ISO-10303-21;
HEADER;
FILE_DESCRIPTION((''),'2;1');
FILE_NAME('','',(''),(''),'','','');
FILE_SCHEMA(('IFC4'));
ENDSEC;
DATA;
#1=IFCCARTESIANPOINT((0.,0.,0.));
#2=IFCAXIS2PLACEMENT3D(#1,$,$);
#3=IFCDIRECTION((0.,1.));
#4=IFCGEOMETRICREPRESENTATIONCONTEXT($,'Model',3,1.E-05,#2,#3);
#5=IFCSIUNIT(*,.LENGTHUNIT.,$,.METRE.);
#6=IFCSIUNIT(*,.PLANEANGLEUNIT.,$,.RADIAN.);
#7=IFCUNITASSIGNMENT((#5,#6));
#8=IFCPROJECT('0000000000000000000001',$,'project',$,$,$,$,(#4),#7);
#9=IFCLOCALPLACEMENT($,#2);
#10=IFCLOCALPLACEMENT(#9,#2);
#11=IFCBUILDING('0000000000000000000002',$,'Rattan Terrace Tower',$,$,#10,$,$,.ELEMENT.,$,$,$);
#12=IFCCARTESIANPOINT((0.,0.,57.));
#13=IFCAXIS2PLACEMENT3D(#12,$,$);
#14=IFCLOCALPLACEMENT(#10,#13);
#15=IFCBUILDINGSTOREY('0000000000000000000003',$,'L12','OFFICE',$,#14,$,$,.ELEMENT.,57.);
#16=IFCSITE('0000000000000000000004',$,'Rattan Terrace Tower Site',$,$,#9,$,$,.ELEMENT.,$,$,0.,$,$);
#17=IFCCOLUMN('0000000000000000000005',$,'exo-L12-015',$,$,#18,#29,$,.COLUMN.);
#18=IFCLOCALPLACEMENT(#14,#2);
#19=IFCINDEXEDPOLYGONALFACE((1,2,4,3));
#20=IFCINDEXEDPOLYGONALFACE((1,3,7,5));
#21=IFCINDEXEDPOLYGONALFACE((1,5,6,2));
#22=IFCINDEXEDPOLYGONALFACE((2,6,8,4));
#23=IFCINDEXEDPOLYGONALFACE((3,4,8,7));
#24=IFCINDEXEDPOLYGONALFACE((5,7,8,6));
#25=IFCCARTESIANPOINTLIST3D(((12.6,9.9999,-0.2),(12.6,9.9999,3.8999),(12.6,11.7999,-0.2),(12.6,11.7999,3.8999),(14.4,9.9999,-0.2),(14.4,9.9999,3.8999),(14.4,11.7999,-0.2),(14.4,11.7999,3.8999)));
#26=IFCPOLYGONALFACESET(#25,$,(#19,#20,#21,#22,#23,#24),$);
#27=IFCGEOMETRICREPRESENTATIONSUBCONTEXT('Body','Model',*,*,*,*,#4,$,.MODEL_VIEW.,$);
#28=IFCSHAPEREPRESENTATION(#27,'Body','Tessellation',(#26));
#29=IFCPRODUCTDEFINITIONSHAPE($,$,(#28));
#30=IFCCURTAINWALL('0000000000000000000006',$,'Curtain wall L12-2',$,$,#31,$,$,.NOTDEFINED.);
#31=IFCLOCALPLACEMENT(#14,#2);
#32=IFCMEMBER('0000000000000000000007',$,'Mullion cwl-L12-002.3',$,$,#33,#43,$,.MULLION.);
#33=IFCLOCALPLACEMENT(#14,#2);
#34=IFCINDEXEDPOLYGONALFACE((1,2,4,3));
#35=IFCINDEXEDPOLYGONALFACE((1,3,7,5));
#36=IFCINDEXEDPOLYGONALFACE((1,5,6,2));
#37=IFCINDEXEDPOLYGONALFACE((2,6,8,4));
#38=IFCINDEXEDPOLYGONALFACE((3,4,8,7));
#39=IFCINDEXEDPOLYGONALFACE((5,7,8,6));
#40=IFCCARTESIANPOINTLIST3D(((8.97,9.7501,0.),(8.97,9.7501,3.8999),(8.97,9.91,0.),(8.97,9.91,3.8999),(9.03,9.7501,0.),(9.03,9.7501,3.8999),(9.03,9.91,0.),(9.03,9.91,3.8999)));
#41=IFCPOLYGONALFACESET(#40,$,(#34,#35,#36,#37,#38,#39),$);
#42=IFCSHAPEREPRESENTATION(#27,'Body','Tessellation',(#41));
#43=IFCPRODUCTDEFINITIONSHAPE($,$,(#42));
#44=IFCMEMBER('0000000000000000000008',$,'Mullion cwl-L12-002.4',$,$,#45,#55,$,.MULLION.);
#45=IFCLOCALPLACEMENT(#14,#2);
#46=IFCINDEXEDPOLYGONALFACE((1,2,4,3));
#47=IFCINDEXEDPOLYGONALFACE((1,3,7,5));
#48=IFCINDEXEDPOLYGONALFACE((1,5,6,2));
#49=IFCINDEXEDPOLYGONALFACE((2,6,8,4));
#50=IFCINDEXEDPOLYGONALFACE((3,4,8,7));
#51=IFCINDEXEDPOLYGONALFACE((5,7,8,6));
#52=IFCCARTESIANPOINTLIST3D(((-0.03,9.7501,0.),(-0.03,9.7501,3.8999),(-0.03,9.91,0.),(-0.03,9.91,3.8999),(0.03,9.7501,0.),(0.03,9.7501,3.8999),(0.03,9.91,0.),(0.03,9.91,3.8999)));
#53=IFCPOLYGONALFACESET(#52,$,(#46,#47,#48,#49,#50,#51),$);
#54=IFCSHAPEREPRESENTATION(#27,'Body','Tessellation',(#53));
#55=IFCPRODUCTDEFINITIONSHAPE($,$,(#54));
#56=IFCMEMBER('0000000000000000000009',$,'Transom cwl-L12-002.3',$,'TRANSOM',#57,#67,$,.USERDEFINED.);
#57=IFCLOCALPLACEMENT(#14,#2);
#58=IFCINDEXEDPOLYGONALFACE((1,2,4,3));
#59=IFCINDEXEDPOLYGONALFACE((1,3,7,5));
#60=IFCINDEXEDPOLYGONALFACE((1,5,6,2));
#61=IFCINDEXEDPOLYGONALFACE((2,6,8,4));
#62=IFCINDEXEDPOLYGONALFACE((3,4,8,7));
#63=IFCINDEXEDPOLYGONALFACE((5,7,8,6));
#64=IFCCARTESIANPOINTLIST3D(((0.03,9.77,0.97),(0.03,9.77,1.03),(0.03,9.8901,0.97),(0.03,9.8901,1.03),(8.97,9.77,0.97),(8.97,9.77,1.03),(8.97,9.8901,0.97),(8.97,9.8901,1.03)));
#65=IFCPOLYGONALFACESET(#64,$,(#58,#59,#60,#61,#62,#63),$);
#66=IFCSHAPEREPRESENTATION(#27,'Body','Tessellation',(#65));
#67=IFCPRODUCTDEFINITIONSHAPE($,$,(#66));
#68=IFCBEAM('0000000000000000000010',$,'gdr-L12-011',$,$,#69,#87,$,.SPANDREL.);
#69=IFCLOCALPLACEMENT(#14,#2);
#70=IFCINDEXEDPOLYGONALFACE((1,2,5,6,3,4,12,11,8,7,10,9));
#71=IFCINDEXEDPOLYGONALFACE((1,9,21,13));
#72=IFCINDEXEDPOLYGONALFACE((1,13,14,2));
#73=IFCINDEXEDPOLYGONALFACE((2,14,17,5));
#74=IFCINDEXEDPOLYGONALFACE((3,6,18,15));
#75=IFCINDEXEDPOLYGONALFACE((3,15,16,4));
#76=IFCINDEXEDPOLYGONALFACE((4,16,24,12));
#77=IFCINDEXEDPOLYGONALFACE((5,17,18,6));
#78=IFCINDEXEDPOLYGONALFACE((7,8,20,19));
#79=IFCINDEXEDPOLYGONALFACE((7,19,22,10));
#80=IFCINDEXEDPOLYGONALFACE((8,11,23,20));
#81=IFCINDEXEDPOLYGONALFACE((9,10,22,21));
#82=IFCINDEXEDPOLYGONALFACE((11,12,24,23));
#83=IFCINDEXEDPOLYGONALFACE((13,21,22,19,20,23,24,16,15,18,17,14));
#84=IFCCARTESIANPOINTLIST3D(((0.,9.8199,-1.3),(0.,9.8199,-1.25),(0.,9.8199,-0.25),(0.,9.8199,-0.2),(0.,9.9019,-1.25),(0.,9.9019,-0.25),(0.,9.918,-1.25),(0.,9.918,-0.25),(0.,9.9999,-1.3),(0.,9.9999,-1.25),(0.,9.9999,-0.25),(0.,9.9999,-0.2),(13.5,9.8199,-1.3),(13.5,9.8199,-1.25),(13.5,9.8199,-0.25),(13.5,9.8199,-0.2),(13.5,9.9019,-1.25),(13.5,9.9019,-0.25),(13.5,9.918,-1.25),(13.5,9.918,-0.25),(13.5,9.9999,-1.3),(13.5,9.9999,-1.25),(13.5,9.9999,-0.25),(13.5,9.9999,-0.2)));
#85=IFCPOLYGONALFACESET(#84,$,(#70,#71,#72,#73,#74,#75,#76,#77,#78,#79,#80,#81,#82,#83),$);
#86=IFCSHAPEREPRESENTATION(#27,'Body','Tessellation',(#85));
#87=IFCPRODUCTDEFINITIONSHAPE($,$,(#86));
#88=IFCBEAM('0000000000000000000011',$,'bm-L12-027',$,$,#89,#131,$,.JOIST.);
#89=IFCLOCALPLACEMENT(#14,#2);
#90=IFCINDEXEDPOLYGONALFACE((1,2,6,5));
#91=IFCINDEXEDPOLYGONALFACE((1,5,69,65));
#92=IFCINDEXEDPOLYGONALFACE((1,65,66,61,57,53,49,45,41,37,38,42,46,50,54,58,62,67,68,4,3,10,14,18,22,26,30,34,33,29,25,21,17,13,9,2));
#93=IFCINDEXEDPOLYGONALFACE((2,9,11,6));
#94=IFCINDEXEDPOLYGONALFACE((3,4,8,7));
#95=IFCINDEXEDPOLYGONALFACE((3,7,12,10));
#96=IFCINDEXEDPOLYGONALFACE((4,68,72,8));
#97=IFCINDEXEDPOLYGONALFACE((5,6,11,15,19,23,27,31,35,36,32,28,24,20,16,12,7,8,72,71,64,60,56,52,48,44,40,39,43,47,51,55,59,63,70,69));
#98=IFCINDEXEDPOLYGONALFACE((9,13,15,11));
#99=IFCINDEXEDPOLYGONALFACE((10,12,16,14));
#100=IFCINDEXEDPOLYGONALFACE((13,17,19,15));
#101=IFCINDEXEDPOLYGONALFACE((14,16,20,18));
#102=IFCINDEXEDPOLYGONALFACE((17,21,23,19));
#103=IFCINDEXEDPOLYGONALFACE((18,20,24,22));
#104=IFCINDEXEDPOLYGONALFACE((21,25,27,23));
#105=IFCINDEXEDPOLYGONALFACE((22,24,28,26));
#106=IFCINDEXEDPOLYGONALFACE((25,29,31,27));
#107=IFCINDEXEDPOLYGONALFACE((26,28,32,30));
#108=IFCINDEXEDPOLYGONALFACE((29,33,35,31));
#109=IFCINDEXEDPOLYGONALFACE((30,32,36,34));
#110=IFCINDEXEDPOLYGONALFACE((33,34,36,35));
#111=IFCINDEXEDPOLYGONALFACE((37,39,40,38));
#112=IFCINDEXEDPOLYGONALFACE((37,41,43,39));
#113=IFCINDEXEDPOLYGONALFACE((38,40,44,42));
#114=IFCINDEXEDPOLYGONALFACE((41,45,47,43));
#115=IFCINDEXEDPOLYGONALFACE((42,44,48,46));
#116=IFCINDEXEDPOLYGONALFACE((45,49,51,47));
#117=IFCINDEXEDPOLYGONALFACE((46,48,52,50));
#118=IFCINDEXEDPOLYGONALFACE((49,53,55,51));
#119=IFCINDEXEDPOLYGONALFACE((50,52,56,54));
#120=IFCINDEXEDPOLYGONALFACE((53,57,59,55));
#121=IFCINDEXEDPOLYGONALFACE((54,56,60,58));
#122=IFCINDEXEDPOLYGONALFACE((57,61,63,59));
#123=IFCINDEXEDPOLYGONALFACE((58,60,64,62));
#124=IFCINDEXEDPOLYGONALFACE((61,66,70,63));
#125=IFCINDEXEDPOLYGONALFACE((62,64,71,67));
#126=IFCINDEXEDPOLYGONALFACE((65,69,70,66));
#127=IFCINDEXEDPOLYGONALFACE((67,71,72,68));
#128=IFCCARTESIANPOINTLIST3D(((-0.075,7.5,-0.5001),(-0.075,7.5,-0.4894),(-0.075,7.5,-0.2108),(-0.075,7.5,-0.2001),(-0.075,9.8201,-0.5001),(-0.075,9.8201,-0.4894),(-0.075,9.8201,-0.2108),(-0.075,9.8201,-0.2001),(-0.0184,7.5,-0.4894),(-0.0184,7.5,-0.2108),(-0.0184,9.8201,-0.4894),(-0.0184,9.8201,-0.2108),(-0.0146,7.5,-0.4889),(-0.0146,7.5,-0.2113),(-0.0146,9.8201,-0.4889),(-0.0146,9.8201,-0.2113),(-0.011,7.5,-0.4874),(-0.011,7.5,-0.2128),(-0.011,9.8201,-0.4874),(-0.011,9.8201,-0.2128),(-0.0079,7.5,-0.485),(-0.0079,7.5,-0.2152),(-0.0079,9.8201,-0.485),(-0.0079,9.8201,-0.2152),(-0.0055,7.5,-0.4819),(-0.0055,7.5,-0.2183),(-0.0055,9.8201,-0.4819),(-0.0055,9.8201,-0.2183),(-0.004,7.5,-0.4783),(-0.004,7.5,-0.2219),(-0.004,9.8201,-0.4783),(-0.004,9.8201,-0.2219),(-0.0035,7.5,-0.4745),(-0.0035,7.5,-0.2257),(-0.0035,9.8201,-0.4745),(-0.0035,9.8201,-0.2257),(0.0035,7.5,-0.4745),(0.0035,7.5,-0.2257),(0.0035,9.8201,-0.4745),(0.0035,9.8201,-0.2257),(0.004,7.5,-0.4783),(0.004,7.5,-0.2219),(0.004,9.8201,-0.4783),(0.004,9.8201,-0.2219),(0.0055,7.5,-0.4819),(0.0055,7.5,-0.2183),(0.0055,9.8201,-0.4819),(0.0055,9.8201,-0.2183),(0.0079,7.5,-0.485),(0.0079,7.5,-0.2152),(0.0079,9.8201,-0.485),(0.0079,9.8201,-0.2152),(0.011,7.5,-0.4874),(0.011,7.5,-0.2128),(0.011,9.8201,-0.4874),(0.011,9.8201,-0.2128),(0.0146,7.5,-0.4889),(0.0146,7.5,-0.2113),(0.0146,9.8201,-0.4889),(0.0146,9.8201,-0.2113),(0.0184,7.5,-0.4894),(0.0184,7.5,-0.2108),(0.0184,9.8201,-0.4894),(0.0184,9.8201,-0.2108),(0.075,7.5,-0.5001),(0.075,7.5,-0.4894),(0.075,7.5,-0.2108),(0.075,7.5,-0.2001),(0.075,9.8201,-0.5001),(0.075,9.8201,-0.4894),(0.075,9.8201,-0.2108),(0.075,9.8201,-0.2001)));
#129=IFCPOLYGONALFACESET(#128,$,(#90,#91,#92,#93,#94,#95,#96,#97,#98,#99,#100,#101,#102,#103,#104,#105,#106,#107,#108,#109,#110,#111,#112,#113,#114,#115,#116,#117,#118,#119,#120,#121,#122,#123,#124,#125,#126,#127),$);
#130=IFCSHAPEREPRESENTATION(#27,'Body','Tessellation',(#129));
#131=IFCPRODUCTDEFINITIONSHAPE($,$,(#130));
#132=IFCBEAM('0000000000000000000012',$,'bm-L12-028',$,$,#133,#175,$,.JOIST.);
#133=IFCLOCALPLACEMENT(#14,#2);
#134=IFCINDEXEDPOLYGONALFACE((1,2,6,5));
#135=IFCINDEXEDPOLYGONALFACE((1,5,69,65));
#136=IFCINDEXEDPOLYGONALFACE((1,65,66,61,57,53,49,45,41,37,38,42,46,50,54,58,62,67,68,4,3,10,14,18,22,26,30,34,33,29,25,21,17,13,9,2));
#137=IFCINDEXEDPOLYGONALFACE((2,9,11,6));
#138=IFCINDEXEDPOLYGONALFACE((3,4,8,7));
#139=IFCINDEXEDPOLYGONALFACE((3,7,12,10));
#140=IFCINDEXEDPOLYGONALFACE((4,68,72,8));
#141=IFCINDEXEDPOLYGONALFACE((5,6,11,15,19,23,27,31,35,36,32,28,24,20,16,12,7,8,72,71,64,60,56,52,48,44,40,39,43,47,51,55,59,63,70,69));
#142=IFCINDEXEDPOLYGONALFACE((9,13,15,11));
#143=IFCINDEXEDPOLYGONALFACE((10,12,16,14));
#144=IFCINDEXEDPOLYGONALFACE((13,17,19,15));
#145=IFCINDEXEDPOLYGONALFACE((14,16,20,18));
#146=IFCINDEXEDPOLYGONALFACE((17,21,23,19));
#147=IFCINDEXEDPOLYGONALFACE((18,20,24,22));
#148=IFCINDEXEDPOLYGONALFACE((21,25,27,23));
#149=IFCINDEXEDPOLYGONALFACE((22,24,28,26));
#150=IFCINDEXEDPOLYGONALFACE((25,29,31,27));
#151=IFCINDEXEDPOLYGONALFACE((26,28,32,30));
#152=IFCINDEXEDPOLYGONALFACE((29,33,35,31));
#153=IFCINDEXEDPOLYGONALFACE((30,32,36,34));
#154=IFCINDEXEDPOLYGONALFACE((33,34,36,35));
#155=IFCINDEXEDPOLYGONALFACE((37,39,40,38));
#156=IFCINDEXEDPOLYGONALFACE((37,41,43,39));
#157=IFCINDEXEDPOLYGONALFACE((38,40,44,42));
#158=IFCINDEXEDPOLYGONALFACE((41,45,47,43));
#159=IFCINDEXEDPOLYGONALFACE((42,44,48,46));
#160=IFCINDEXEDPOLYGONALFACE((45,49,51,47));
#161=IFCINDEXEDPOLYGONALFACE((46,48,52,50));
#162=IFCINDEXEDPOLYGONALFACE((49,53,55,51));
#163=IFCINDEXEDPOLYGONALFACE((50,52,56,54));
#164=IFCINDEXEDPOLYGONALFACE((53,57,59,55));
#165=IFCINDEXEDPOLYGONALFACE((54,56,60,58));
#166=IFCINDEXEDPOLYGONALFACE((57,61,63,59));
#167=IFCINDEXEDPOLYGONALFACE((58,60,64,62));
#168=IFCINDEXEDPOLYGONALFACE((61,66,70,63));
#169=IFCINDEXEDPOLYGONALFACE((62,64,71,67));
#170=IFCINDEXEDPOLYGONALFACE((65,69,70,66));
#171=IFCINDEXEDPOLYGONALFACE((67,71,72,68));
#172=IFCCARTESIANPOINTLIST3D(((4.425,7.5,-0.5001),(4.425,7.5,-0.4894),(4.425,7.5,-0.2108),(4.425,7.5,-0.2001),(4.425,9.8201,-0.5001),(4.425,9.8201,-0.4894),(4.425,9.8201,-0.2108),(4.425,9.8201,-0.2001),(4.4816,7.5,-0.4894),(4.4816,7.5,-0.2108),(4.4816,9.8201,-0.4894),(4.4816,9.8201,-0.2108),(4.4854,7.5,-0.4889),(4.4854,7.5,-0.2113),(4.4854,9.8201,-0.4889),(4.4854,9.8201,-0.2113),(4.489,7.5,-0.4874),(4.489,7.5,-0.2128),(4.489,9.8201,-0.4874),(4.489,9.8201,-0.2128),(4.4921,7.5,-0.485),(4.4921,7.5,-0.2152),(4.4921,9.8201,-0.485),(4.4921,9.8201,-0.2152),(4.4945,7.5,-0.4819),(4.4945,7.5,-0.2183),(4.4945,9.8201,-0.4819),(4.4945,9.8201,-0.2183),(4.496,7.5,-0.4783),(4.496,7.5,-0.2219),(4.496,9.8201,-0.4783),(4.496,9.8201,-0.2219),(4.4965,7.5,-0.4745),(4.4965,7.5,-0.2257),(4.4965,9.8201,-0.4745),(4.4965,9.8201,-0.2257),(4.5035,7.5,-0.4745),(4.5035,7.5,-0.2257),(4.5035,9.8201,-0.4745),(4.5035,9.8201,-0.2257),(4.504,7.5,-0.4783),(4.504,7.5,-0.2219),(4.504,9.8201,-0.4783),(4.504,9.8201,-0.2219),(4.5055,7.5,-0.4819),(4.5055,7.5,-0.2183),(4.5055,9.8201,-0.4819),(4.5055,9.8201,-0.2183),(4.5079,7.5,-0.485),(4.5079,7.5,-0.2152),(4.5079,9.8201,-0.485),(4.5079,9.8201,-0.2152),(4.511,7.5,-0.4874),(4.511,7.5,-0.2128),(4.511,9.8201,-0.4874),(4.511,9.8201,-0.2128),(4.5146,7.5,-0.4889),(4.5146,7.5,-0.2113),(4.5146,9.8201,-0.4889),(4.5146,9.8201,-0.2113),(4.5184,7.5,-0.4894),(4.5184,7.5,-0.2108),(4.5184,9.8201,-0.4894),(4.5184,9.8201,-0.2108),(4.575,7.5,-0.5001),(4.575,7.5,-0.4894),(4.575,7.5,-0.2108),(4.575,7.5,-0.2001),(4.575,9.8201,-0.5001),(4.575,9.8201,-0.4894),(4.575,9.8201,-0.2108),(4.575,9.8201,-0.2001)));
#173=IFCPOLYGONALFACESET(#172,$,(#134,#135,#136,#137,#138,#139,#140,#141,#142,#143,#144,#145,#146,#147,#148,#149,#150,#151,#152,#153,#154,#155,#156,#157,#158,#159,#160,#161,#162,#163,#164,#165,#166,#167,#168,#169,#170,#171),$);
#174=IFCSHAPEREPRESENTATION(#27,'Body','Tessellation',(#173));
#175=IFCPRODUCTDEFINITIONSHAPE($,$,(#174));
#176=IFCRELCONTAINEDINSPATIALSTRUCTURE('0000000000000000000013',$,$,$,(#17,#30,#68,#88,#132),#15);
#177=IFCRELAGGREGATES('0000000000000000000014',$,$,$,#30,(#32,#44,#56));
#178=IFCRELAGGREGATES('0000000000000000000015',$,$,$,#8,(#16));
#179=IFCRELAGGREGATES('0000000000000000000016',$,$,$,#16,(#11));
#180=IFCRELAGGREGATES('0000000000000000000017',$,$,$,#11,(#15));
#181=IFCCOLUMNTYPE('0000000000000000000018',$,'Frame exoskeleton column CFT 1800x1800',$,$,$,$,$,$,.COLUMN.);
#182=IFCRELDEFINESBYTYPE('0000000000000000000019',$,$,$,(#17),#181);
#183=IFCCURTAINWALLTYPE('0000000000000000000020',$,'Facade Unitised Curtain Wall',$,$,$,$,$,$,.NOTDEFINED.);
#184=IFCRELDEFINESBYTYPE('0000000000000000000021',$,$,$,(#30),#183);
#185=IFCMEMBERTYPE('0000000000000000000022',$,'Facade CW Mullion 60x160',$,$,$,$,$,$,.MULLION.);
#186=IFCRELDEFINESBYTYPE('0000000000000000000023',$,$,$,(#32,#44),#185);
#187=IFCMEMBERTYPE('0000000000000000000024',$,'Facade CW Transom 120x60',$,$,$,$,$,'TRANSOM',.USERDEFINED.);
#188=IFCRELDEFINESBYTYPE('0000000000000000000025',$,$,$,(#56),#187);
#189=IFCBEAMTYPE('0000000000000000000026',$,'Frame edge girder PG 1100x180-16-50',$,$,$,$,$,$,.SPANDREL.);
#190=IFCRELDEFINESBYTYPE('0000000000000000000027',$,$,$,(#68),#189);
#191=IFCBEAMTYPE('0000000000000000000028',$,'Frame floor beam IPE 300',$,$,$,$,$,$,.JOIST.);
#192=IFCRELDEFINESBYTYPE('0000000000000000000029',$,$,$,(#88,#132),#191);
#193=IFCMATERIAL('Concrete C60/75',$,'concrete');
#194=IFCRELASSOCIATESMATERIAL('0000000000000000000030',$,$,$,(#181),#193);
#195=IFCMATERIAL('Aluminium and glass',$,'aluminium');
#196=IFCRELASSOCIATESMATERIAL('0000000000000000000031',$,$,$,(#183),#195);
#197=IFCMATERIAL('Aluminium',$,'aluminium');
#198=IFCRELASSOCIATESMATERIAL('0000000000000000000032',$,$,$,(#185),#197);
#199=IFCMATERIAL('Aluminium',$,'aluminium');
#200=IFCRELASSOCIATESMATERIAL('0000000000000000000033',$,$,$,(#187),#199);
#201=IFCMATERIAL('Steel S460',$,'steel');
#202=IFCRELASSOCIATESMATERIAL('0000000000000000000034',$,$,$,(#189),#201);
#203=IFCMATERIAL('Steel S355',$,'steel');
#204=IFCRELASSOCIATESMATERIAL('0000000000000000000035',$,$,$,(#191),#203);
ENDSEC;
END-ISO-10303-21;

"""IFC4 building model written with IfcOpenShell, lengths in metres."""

from ifc_helpers import new_model, si_unit, direction, frame, origin, origin_2d, place, context, subcontext, project, spatial, rectangle, i_section, extrude, material, material_profile, profile_set, type_object, element, aggregate, save


model = new_model("IFC4")

# Units and contexts
model_context = context("Model", 3, precision=1e-05, world=origin(), true_north=direction((0.0, 1.0)))
body_context = subcontext(model_context, "Body", "Model", "MODEL_VIEW")
ifc_project = project(units=[si_unit("LENGTHUNIT", "METRE"), si_unit("PLANEANGLEUNIT", "RADIAN")], contexts=[model_context])

# Site, building, storey
site_placement = place(None, origin())
site = spatial("IfcSite", under=ifc_project, at=site_placement, Name="Rattan Terrace Tower Site", CompositionType="ELEMENT", RefElevation=0.0)
building_placement = place(site_placement, origin())
building = spatial("IfcBuilding", under=site, at=building_placement, Name="Rattan Terrace Tower", CompositionType="ELEMENT")
storey_placement = place(building_placement, frame((0.0, 0.0, 57.0)))
storey = spatial("IfcBuildingStorey", under=building, at=storey_placement, Name="L12", Description="OFFICE", CompositionType="ELEMENT", Elevation=57.0)

# Column
ifc_material_1 = material(Name="Concrete C60/75", Category="concrete")
ifc_material_profile_1 = material_profile(ifc_material_1, rectangle(XDim=1.8, YDim=1.8, at=origin_2d()), Name="CFT 1800x1800")
ifc_profile_set_1 = profile_set([ifc_material_profile_1], Name="Concrete C60/75")
column_type = type_object("IfcColumnType", Name="Frame exoskeleton column CFT 1800x1800", PredefinedType="COLUMN", material=ifc_profile_set_1)
column_placement = place(storey_placement, frame((13.5, 10.8999, -0.2), z_axis=(0.0, 0.0, 1.0), x_axis=(1.0, 0.0, 0.0)))
element("IfcColumn", 1, at=column_placement, inside=storey, type_object=column_type, Name="exo-L12-015", PredefinedType="COLUMN", context=body_context, shape_type="SweptSolid", body=[
    extrude(rectangle(XDim=1.8, YDim=1.8, at=origin_2d()), origin(), (0.0, 0.0, 1.0), 4.0999),
])

# Curtain wall, members
ifc_material_2 = material(Name="Aluminium and glass", Category="aluminium")
curtain_wall_type = type_object("IfcCurtainWallType", Name="Facade Unitised Curtain Wall", PredefinedType="NOTDEFINED", material=ifc_material_2)
curtain_wall_placement = place(storey_placement, origin())
curtain_wall = element("IfcCurtainWall", 2, at=curtain_wall_placement, inside=storey, type_object=curtain_wall_type, Name="Curtain wall L12-2", PredefinedType="NOTDEFINED")
ifc_material_3 = material(Name="Aluminium", Category="aluminium")
ifc_material_profile_2 = material_profile(ifc_material_3, rectangle(XDim=0.0601, YDim=0.1599, at=origin_2d()), Name="Aluminium 60x160")
ifc_profile_set_2 = profile_set([ifc_material_profile_2], Name="Aluminium")
member_type_1 = type_object("IfcMemberType", Name="Facade CW Mullion 60x160", PredefinedType="MULLION", material=ifc_profile_set_2)
member_1_placement = place(storey_placement, frame((9.0, 9.8301, 0.0), z_axis=(0.0, 0.0, 1.0), x_axis=(-1.0, 0.0, 0.0)))
member_1 = element("IfcMember", 3, at=member_1_placement, type_object=member_type_1, Name="Mullion cwl-L12-002.3", PredefinedType="MULLION", context=body_context, shape_type="SweptSolid", body=[
    extrude(rectangle(XDim=0.0601, YDim=0.1599, at=origin_2d()), origin(), (0.0, 0.0, 1.0), 3.8999),
])
member_2_placement = place(storey_placement, frame((0.0, 9.8301, 0.0), z_axis=(0.0, 0.0, 1.0), x_axis=(-1.0, 0.0, 0.0)))
member_2 = element("IfcMember", 4, at=member_2_placement, type_object=member_type_1, Name="Mullion cwl-L12-002.4", PredefinedType="MULLION", context=body_context, shape_type="SweptSolid", body=[
    extrude(rectangle(XDim=0.0601, YDim=0.1599, at=origin_2d()), origin(), (0.0, 0.0, 1.0), 3.8999),
])
ifc_material_4 = material(Name="Aluminium", Category="aluminium")
ifc_material_profile_3 = material_profile(ifc_material_4, rectangle(XDim=0.1201, YDim=0.0601, at=origin_2d()), Name="Aluminium 120x60")
ifc_profile_set_3 = profile_set([ifc_material_profile_3], Name="Aluminium")
member_type_2 = type_object("IfcMemberType", Name="Facade CW Transom 120x60", ElementType="TRANSOM", PredefinedType="USERDEFINED", material=ifc_profile_set_3)
member_3_placement = place(storey_placement, frame((8.97, 9.8301, 1.0), z_axis=(-1.0, 0.0, 0.0), x_axis=(0.0, -1.0, 0.0)))
member_3 = element("IfcMember", 5, at=member_3_placement, type_object=member_type_2, Name="Transom cwl-L12-002.3", ObjectType="TRANSOM", PredefinedType="USERDEFINED", context=body_context, shape_type="SweptSolid", body=[
    extrude(rectangle(XDim=0.1201, YDim=0.0601, at=origin_2d()), origin(), (0.0, 0.0, 1.0), 8.9399),
])

# Beams
ifc_material_5 = material(Name="Steel S460", Category="steel")
ifc_material_profile_4 = material_profile(ifc_material_5, i_section(OverallWidth=0.1799, OverallDepth=1.1001, WebThickness=0.0161, FlangeThickness=0.05, at=origin_2d()), Name="PG 1100x180-16-50")
ifc_profile_set_4 = profile_set([ifc_material_profile_4], Name="Steel S460")
beam_type_1 = type_object("IfcBeamType", Name="Frame edge girder PG 1100x180-16-50", PredefinedType="SPANDREL", material=ifc_profile_set_4)
beam_placement = place(storey_placement, frame((13.5, 9.9099, -0.75), z_axis=(-1.0, 0.0, 0.0), x_axis=(0.0, -1.0, 0.0)))
element("IfcBeam", 6, at=beam_placement, inside=storey, type_object=beam_type_1, Name="gdr-L12-011", PredefinedType="SPANDREL", context=body_context, shape_type="SweptSolid", body=[
    extrude(i_section(OverallWidth=0.1799, OverallDepth=1.1001, WebThickness=0.0161, FlangeThickness=0.05, at=origin_2d()), origin(), (0.0, 0.0, 1.0), 13.5),
])
ifc_material_6 = material(Name="Steel S355", Category="steel")
ifc_material_profile_5 = material_profile(ifc_material_6, i_section(OverallWidth=0.1499, OverallDepth=0.3, WebThickness=0.0071, FlangeThickness=0.0107, FilletRadius=0.0149, at=origin_2d()), Name="IPE 300")
ifc_profile_set_5 = profile_set([ifc_material_profile_5], Name="Steel S355")
beam_type_2 = type_object("IfcBeamType", Name="Frame floor beam IPE 300", PredefinedType="JOIST", material=ifc_profile_set_5)
for number, where, z_axis, x_axis, name in (
    (7, (0.0, 7.5, -0.3501), (0.0, 1.0, 0.0), (-1.0, 0.0, 0.0), "bm-L12-027"),
    (8, (4.5, 7.5, -0.3501), (0.0, 1.0, 0.0), (-1.0, 0.0, 0.0), "bm-L12-028"),
):
    element("IfcBeam", number, at=place(storey_placement, frame(where, z_axis=z_axis, x_axis=x_axis)), inside=storey, type_object=beam_type_2, Name=name, PredefinedType="JOIST", context=body_context, shape_type="SweptSolid", body=[
        extrude(i_section(OverallWidth=0.1499, OverallDepth=0.3, WebThickness=0.0071, FlangeThickness=0.0107, FilletRadius=0.0149, at=origin_2d()), origin(), (0.0, 0.0, 1.0), 2.3201),
    ])

aggregate(curtain_wall, [member_1, member_2, member_3])

save(model, "model.ifc")
